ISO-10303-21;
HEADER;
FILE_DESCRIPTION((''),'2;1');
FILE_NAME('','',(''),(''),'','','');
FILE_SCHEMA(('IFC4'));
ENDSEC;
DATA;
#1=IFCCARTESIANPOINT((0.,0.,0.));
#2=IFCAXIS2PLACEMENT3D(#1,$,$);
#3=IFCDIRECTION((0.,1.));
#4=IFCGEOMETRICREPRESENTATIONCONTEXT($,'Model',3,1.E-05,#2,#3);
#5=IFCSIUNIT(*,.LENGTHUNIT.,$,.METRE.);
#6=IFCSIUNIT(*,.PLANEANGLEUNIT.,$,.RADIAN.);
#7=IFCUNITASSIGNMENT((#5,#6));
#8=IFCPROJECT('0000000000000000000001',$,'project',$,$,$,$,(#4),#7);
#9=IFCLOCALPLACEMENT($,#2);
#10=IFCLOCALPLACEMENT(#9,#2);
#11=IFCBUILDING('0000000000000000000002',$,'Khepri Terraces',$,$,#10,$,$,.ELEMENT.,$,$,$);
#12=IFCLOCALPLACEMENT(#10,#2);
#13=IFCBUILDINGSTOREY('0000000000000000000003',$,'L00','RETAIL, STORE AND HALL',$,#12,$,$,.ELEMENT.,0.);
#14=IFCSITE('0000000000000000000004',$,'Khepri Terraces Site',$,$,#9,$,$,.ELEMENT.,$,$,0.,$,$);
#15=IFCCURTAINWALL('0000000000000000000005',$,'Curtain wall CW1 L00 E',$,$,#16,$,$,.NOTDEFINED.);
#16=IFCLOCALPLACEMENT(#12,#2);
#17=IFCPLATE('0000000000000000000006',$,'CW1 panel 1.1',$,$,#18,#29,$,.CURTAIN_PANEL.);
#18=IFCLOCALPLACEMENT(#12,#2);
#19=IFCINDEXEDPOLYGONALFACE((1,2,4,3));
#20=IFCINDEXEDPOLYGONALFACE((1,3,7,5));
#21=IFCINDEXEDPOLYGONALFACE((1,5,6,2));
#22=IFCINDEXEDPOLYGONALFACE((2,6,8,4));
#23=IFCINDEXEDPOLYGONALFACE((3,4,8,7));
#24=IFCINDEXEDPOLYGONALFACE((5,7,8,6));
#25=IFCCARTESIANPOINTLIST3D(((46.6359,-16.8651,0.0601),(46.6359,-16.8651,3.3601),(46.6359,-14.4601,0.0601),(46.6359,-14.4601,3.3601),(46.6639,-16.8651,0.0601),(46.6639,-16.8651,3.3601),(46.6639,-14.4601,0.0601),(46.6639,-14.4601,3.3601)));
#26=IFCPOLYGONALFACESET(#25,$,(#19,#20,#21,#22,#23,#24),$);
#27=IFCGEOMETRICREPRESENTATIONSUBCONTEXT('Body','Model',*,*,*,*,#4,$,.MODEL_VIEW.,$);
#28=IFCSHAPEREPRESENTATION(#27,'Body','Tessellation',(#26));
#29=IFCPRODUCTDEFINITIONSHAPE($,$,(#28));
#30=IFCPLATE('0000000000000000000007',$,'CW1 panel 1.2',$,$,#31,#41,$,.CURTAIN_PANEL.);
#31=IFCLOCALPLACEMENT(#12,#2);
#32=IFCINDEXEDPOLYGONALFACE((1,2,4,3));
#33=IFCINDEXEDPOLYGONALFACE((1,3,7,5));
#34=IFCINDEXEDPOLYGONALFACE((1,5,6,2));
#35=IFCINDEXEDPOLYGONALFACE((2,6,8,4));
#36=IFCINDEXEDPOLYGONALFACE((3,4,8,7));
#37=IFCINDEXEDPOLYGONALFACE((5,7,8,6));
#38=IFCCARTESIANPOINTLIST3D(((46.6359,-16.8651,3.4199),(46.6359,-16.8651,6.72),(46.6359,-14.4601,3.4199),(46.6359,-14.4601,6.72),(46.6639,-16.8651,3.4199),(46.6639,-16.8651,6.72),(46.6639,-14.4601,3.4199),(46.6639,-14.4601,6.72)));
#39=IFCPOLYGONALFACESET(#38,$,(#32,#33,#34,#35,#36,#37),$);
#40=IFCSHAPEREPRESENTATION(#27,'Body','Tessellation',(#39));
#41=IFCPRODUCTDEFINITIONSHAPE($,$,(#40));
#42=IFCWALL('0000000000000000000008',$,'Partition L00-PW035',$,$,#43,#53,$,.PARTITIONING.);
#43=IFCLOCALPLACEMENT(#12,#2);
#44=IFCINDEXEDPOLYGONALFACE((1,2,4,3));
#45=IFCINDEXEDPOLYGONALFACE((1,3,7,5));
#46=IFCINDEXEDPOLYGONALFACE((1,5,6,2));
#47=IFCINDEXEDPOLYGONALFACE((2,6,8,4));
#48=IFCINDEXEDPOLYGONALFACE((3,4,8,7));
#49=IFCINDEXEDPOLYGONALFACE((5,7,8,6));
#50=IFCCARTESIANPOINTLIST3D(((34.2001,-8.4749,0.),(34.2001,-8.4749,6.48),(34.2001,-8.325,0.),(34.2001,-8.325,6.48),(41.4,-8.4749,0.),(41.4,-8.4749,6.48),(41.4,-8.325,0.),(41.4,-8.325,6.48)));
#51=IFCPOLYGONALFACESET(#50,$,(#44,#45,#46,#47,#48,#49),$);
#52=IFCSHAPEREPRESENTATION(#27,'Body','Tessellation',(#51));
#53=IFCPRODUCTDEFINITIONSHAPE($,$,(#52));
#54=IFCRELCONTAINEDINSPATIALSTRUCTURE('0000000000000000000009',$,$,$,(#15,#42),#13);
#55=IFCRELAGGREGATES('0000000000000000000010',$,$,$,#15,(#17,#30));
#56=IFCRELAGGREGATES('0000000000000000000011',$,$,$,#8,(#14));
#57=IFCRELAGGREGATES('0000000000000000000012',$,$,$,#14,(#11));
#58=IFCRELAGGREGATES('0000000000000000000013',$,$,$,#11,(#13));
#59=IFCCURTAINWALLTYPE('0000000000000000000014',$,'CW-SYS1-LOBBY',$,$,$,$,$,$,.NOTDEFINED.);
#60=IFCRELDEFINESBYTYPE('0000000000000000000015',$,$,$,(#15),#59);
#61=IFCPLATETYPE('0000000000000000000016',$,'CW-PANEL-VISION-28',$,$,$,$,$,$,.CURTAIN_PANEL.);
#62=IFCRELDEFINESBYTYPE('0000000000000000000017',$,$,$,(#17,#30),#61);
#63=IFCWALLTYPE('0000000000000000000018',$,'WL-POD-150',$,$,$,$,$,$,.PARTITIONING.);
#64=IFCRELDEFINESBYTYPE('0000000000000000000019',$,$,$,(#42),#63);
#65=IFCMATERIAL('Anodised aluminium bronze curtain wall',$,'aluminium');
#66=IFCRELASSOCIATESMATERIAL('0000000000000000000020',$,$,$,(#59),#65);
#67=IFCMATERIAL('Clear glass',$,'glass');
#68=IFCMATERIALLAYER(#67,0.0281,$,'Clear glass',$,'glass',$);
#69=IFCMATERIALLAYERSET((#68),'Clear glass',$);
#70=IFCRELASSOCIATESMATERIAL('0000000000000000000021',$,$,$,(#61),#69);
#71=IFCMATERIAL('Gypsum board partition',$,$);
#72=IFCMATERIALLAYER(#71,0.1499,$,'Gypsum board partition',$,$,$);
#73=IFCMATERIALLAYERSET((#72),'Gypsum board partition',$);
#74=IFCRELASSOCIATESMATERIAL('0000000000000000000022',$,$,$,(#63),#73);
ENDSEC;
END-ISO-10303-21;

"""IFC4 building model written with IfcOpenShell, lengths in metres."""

from ifc_helpers import new_model, si_unit, direction, frame, frame_2d, origin, origin_2d, place, context, subcontext, project, spatial, rectangle, extrude, material, layer, layer_set, type_object, element, aggregate, save


model = new_model("IFC4")

# Units and contexts
model_context = context("Model", 3, precision=1e-05, world=origin(), true_north=direction((0.0, 1.0)))
body_context = subcontext(model_context, "Body", "Model", "MODEL_VIEW")
ifc_project = project(units=[si_unit("LENGTHUNIT", "METRE"), si_unit("PLANEANGLEUNIT", "RADIAN")], contexts=[model_context])

# Site, building, storey
site_placement = place(None, origin())
site = spatial("IfcSite", under=ifc_project, at=site_placement, Name="Khepri Terraces Site", CompositionType="ELEMENT", RefElevation=0.0)
building_placement = place(site_placement, origin())
building = spatial("IfcBuilding", under=site, at=building_placement, Name="Khepri Terraces", CompositionType="ELEMENT")
storey_placement = place(building_placement, origin())
storey = spatial("IfcBuildingStorey", under=building, at=storey_placement, Name="L00", Description="RETAIL, STORE AND HALL", CompositionType="ELEMENT", Elevation=0.0)

# Curtain wall
ifc_material_1 = material(Name="Anodised aluminium bronze curtain wall", Category="aluminium")
curtain_wall_type = type_object("IfcCurtainWallType", Name="CW-SYS1-LOBBY", PredefinedType="NOTDEFINED", material=ifc_material_1)
curtain_wall_1_placement = place(storey_placement, origin())
curtain_wall_1 = element("IfcCurtainWall", 1, at=curtain_wall_1_placement, inside=storey, type_object=curtain_wall_type, Name="Curtain wall CW1 L00 E", PredefinedType="NOTDEFINED")

# Plates
ifc_material_2 = material(Name="Clear glass", Category="glass")
ifc_layer_1 = layer(ifc_material_2, 0.0281, Name="Clear glass", Category="glass")
ifc_layer_set_1 = layer_set([ifc_layer_1], Name="Clear glass")
plate_type = type_object("IfcPlateType", Name="CW-PANEL-VISION-28", PredefinedType="CURTAIN_PANEL", material=ifc_layer_set_1)
plate_1_placement = place(storey_placement, frame((46.6499, -15.6626, 0.0601), z_axis=(0.0, 0.0, 1.0), x_axis=(0.0, 1.0, 0.0)))
plate_1 = element("IfcPlate", 2, at=plate_1_placement, type_object=plate_type, Name="CW1 panel 1.1", PredefinedType="CURTAIN_PANEL", context=body_context, shape_type="SweptSolid", body=[
    extrude(rectangle(XDim=2.405, YDim=0.0281, at=origin_2d()), origin(), (0.0, 0.0, 1.0), 3.3),
])
plate_2_placement = place(storey_placement, frame((46.6499, -15.6626, 3.4199), z_axis=(0.0, 0.0, 1.0), x_axis=(0.0, 1.0, 0.0)))
plate_2 = element("IfcPlate", 3, at=plate_2_placement, type_object=plate_type, Name="CW1 panel 1.2", PredefinedType="CURTAIN_PANEL", context=body_context, shape_type="SweptSolid", body=[
    extrude(rectangle(XDim=2.405, YDim=0.0281, at=origin_2d()), origin(), (0.0, 0.0, 1.0), 3.3),
])
aggregate(curtain_wall_1, [plate_1, plate_2])

# Wall
ifc_material_3 = material(Name="Gypsum board partition")
ifc_layer_2 = layer(ifc_material_3, 0.1499, Name="Gypsum board partition")
ifc_layer_set_2 = layer_set([ifc_layer_2], Name="Gypsum board partition")
wall_type_1 = type_object("IfcWallType", Name="WL-POD-150", PredefinedType="PARTITIONING", material=ifc_layer_set_2)
wall_1_placement = place(storey_placement, frame((34.2, -8.3999, 0.0), z_axis=(0.0, 0.0, 1.0), x_axis=(1.0, 0.0, 0.0)))
element("IfcWall", 4, at=wall_1_placement, inside=storey, type_object=wall_type_1, Name="Partition L00-PW035", PredefinedType="PARTITIONING", context=body_context, shape_type="SweptSolid", body=[
    extrude(rectangle(XDim=7.2, YDim=0.1499, at=frame_2d((3.6001, 0.0))), origin(), (0.0, 0.0, 1.0), 6.48),
])

save(model, "model.ifc")
